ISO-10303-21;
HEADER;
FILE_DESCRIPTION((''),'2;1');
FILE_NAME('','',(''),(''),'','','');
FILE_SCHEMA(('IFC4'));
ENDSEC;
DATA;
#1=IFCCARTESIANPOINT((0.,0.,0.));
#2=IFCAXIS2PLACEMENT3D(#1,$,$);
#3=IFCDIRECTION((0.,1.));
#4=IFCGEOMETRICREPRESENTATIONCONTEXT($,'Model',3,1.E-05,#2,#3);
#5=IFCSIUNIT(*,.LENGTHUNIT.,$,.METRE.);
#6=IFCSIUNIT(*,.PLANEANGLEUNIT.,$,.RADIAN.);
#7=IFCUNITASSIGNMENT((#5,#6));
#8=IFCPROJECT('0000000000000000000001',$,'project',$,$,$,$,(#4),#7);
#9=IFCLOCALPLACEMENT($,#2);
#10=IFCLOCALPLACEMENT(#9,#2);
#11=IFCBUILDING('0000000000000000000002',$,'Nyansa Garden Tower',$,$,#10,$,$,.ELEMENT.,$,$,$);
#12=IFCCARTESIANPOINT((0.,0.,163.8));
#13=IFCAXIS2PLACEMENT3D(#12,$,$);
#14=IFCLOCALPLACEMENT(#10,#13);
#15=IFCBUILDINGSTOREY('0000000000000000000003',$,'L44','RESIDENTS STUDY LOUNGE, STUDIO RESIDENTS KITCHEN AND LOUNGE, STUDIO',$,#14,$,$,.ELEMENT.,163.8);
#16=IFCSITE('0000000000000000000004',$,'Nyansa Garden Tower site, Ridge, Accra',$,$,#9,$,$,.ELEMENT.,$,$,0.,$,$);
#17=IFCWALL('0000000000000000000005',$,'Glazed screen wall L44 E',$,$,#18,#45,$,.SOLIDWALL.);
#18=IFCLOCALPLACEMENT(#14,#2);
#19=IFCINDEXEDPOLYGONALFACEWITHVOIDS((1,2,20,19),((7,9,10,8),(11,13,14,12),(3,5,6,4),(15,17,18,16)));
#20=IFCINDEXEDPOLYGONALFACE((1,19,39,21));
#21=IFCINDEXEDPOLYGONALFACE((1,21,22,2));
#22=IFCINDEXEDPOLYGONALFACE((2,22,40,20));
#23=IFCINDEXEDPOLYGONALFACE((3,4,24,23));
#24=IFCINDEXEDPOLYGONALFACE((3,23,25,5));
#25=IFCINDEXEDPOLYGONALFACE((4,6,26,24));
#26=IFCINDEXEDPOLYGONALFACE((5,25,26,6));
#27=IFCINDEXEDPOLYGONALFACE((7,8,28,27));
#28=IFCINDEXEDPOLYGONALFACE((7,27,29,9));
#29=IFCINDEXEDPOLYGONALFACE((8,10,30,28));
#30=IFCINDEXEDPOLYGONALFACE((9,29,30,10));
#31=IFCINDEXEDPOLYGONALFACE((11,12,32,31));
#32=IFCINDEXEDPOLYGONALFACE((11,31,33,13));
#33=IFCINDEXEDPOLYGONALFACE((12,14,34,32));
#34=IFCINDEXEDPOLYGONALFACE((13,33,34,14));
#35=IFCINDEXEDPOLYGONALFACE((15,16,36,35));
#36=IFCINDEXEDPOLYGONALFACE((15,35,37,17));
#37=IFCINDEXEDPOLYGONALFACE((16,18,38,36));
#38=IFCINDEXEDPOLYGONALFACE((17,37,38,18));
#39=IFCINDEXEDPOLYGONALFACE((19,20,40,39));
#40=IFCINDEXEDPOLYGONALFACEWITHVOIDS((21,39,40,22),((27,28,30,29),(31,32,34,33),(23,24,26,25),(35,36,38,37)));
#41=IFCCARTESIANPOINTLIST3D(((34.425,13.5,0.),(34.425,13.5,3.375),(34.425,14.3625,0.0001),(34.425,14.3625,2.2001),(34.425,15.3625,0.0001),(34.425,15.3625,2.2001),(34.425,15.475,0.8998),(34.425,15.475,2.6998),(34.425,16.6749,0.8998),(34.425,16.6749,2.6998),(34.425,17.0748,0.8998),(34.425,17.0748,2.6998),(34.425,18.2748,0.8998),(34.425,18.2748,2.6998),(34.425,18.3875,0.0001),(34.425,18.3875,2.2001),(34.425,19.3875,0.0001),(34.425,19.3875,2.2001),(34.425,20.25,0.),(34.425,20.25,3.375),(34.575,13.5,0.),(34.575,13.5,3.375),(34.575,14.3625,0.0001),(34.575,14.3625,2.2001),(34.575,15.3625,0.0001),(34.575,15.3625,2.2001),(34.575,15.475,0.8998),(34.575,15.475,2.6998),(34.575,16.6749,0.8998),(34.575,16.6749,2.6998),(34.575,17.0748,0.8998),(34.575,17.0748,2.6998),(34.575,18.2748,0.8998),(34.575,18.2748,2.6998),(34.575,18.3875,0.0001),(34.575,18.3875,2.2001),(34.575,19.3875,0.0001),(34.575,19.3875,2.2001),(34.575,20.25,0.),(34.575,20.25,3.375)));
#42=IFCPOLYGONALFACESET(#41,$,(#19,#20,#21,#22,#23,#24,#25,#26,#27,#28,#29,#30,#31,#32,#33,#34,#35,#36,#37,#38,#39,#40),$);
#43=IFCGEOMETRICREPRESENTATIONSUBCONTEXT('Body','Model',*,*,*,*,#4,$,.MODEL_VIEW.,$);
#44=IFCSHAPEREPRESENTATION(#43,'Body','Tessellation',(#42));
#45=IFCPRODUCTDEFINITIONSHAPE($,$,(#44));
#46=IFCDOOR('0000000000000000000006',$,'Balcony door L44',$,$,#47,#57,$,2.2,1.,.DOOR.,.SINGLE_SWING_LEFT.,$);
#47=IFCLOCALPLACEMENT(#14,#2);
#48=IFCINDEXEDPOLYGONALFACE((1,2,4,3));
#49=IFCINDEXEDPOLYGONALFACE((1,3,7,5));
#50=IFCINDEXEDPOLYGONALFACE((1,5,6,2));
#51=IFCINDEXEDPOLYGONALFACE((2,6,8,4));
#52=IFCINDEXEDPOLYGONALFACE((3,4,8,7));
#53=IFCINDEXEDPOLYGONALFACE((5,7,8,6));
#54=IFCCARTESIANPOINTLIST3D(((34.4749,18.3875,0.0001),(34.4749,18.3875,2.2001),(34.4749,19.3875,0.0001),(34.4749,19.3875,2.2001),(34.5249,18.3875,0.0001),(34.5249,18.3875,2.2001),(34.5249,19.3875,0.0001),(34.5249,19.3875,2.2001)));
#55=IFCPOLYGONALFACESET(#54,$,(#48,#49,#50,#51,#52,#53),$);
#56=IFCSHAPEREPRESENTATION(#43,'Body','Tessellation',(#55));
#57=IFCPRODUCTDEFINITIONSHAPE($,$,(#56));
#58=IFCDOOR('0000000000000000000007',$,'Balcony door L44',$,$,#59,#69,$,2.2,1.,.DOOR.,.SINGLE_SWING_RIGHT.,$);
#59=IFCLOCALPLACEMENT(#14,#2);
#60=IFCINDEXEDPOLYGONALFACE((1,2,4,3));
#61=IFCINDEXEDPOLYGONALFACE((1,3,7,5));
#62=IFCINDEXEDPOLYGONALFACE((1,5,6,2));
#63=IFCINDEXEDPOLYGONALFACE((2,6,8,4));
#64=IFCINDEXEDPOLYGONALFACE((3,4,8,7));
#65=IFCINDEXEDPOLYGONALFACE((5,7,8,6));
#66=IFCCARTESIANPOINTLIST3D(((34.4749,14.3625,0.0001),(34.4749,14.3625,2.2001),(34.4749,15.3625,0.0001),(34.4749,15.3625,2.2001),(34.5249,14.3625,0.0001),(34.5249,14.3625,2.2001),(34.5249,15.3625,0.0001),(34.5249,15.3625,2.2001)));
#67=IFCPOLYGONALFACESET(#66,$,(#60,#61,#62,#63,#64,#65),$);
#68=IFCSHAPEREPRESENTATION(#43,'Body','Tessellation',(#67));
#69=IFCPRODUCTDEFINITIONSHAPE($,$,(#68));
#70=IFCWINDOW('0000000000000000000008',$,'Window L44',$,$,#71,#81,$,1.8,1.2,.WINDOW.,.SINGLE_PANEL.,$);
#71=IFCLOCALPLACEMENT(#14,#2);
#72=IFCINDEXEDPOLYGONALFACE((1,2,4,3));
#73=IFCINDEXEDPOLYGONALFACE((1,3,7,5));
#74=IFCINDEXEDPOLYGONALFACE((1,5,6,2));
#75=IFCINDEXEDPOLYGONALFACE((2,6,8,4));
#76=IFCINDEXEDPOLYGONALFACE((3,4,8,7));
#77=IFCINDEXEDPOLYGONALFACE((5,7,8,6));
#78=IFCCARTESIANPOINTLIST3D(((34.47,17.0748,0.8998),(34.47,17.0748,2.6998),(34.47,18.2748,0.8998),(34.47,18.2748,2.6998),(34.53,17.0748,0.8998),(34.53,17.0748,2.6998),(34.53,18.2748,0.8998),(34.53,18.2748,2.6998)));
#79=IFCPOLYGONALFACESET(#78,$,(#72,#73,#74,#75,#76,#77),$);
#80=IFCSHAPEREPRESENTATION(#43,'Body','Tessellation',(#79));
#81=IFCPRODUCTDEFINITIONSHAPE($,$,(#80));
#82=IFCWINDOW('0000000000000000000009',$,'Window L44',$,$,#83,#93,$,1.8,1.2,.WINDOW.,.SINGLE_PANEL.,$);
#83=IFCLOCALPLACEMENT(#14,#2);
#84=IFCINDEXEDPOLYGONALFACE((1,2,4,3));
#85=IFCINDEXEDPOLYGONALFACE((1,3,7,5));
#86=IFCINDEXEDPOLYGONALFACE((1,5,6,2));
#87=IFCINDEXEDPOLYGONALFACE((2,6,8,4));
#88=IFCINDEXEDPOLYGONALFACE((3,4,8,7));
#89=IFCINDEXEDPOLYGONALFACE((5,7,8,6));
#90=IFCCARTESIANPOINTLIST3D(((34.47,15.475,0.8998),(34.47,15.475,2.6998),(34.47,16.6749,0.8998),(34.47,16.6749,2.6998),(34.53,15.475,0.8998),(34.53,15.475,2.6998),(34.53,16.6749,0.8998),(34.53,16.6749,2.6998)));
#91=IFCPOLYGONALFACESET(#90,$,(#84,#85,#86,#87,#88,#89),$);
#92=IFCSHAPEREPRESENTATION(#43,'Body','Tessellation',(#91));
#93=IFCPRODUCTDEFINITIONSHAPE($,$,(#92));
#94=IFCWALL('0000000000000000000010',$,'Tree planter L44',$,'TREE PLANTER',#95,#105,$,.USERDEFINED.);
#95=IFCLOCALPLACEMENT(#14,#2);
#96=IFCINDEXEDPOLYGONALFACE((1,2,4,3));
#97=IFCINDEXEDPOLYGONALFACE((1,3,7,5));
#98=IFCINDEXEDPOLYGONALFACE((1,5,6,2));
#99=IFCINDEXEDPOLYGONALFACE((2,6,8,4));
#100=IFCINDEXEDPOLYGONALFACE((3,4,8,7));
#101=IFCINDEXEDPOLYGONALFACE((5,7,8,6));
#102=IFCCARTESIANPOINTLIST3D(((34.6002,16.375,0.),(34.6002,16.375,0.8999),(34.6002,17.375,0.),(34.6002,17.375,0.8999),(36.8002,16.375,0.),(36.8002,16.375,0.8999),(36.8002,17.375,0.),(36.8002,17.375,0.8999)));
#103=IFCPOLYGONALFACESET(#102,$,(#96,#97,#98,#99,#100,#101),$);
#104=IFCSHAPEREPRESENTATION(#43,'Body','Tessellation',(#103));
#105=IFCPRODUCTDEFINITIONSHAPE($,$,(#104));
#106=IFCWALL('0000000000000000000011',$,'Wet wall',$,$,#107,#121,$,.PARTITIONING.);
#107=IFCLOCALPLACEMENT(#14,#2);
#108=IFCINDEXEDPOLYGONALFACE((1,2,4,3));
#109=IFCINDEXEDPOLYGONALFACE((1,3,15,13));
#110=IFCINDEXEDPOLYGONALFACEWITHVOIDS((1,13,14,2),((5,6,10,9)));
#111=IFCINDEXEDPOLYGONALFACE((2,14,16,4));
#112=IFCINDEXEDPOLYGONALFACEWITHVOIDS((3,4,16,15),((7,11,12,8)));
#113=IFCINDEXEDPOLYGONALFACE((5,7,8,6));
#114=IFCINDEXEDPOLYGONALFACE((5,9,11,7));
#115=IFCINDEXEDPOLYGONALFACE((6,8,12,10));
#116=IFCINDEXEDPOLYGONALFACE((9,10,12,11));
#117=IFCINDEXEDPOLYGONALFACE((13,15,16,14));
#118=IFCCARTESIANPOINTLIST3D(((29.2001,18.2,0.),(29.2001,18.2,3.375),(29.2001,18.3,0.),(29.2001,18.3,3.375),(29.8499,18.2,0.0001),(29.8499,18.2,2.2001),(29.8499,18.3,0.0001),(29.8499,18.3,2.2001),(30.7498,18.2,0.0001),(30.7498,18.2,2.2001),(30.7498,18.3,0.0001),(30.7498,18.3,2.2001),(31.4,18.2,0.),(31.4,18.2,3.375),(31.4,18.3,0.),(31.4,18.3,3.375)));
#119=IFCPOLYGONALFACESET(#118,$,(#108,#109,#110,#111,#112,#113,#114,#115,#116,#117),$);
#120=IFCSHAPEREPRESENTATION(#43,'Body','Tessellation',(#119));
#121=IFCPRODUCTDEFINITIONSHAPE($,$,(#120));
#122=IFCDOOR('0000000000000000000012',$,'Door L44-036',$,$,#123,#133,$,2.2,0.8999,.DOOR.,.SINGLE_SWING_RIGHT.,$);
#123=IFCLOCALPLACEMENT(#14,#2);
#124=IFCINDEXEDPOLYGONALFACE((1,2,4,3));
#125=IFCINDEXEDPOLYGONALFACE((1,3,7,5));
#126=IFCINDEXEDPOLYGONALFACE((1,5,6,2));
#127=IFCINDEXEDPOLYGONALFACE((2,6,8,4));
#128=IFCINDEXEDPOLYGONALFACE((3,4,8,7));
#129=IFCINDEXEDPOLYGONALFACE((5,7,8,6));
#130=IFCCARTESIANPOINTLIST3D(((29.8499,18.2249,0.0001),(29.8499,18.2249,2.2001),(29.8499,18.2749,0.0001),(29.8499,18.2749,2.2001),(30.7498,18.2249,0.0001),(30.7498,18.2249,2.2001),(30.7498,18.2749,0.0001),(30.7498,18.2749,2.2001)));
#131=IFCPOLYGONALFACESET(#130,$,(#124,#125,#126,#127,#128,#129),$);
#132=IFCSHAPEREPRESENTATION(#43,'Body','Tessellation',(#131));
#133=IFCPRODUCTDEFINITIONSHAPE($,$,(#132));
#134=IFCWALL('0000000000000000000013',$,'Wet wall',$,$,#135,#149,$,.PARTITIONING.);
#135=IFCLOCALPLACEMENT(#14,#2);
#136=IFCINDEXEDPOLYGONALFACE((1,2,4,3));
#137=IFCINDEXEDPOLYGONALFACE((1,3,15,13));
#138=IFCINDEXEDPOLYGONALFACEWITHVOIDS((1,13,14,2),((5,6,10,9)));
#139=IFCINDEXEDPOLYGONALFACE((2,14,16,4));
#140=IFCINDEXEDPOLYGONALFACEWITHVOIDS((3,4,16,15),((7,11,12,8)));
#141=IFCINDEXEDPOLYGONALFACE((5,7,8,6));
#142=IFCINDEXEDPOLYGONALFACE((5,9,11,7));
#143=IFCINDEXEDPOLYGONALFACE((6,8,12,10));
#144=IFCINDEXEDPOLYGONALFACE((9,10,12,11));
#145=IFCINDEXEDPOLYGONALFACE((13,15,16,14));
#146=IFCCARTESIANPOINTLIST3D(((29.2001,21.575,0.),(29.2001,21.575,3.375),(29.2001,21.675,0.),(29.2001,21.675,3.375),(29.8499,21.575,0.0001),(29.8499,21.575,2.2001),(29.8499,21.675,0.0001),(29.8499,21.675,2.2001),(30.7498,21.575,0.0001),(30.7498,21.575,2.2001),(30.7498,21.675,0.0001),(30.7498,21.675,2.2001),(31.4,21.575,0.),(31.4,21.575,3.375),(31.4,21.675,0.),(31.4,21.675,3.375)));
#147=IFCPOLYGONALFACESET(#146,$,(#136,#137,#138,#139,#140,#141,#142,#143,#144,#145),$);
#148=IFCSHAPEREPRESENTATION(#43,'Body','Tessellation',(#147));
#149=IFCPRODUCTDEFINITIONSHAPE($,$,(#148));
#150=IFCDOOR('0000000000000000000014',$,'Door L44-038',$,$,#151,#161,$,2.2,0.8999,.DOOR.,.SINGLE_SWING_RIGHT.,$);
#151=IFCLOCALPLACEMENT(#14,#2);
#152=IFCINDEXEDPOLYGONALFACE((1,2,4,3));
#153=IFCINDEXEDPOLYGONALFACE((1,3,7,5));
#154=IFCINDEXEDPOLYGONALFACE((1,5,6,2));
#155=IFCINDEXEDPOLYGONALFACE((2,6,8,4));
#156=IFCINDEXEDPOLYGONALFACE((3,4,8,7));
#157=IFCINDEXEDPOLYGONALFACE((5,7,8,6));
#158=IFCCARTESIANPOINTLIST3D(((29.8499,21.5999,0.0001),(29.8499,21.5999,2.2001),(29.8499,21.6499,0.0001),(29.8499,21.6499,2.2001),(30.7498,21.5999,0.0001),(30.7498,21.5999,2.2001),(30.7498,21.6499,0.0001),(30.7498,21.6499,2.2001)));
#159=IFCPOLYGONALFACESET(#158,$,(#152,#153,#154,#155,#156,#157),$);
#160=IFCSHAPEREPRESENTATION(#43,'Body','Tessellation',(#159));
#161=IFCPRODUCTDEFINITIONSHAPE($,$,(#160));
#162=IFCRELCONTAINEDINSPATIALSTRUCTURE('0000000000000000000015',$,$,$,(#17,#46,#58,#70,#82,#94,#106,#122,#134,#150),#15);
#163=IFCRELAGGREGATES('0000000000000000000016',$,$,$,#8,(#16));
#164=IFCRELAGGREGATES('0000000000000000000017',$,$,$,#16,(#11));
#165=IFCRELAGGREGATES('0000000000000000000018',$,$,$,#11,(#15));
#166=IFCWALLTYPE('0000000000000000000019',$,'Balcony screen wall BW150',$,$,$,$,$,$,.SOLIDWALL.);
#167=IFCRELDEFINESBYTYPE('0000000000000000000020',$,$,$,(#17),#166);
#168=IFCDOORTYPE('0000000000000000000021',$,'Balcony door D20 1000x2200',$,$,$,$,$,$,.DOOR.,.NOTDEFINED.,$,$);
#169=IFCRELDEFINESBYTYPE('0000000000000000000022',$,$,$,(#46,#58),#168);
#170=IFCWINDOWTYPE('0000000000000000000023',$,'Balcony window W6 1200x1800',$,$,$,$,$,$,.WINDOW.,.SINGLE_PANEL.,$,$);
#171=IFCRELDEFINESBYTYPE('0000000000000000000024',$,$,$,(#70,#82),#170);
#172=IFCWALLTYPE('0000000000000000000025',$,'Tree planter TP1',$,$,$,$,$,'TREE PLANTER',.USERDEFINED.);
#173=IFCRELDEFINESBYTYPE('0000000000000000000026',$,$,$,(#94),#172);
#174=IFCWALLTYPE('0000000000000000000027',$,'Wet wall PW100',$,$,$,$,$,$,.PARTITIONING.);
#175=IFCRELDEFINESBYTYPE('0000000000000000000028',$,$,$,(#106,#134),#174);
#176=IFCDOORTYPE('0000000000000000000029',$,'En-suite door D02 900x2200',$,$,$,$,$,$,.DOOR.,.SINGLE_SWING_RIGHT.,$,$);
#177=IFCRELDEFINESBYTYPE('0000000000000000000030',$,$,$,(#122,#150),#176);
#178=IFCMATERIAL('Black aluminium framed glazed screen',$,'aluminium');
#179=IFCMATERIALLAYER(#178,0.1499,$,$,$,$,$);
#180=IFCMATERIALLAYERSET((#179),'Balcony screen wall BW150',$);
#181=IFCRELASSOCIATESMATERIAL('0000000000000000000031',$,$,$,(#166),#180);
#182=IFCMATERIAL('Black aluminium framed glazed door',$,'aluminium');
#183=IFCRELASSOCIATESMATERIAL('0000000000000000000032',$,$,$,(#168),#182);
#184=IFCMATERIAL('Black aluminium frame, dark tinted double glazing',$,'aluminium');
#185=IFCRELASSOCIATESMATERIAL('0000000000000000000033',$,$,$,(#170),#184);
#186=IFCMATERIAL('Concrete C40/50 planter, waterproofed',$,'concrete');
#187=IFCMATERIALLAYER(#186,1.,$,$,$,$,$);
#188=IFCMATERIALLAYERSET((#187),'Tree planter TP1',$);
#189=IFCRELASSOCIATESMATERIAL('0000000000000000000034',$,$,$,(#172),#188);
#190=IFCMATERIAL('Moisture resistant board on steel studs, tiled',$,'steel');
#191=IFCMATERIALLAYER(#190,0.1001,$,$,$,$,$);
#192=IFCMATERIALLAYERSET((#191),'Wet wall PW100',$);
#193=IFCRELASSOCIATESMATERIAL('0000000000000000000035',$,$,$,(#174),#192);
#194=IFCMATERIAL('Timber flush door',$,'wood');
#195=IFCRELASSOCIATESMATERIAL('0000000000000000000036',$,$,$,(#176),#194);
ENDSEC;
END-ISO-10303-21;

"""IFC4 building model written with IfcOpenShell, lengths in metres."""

from ifc_helpers import new_model, si_unit, direction, frame, frame_2d, origin, place, context, subcontext, project, spatial, rectangle, extrude, material, layer, layer_set, type_object, element, fill, save


model = new_model("IFC4")

# Units and contexts
model_context = context("Model", 3, precision=1e-05, world=origin(), true_north=direction((0.0, 1.0)))
body_context = subcontext(model_context, "Body", "Model", "MODEL_VIEW")
ifc_project = project(units=[si_unit("LENGTHUNIT", "METRE"), si_unit("PLANEANGLEUNIT", "RADIAN")], contexts=[model_context])

# Site, building, storey
site_placement = place(None, origin())
site = spatial("IfcSite", under=ifc_project, at=site_placement, Name="Nyansa Garden Tower site, Ridge, Accra", CompositionType="ELEMENT", RefElevation=0.0)
building_placement = place(site_placement, origin())
building = spatial("IfcBuilding", under=site, at=building_placement, Name="Nyansa Garden Tower", CompositionType="ELEMENT")
storey_placement = place(building_placement, frame((0.0, 0.0, 163.8)))
storey = spatial("IfcBuildingStorey", under=building, at=storey_placement, Name="L44", Description="RESIDENTS STUDY LOUNGE, STUDIO RESIDENTS KITCHEN AND LOUNGE, STUDIO", CompositionType="ELEMENT", Elevation=163.8)

# Wall, openings, doors, windows
ifc_material_1 = material(Name="Black aluminium framed glazed screen", Category="aluminium")
ifc_layer_1 = layer(ifc_material_1, 0.1499)
ifc_layer_set_1 = layer_set([ifc_layer_1], Name="Balcony screen wall BW150")
wall_type_1 = type_object("IfcWallType", Name="Balcony screen wall BW150", PredefinedType="SOLIDWALL", material=ifc_layer_set_1)
wall_1_placement = place(storey_placement, frame((34.5, 20.25, 0.0), z_axis=(0.0, 0.0, 1.0), x_axis=(0.0, -1.0, 0.0)))
wall_1 = element("IfcWall", 1, at=wall_1_placement, inside=storey, type_object=wall_type_1, Name="Glazed screen wall L44 E", PredefinedType="SOLIDWALL", context=body_context, shape_type="SweptSolid", body=[
    extrude(rectangle(XDim=6.75, YDim=0.1499, at=frame_2d((3.375, 0.0))), origin(), (0.0, 0.0, 1.0), 3.375),
])
opening_1_placement = place(wall_1_placement, frame((0.8625, 0.0, 0.0)))
opening_1 = element("IfcOpeningElement", 2, at=opening_1_placement, cuts=wall_1, PredefinedType="OPENING", context=body_context, shape_type="SweptSolid", body=[
    extrude(rectangle(XDim=1.0, YDim=2.2, at=frame_2d((0.5, 1.1001))), frame((0.0, 0.085, 0.0), z_axis=(0.0, -1.0, 0.0), x_axis=(1.0, 0.0, 0.0)), (0.0, 0.0, 1.0), 0.1699),
])
opening_2_placement = place(wall_1_placement, frame((1.9751, 0.0, 0.8999)))
opening_2 = element("IfcOpeningElement", 3, at=opening_2_placement, cuts=wall_1, PredefinedType="OPENING", context=body_context, shape_type="SweptSolid", body=[
    extrude(rectangle(XDim=1.2, YDim=1.8, at=frame_2d((0.6001, 0.8999))), frame((0.0, 0.085, 0.0), z_axis=(0.0, -1.0, 0.0), x_axis=(1.0, 0.0, 0.0)), (0.0, 0.0, 1.0), 0.1699),
])
opening_3_placement = place(wall_1_placement, frame((4.8875, 0.0, 0.0)))
opening_3 = element("IfcOpeningElement", 4, at=opening_3_placement, cuts=wall_1, PredefinedType="OPENING", context=body_context, shape_type="SweptSolid", body=[
    extrude(rectangle(XDim=1.0, YDim=2.2, at=frame_2d((0.5, 1.1001))), frame((0.0, 0.085, 0.0), z_axis=(0.0, -1.0, 0.0), x_axis=(1.0, 0.0, 0.0)), (0.0, 0.0, 1.0), 0.1699),
])
opening_4_placement = place(wall_1_placement, frame((3.575, 0.0, 0.8999)))
opening_4 = element("IfcOpeningElement", 5, at=opening_4_placement, cuts=wall_1, PredefinedType="OPENING", context=body_context, shape_type="SweptSolid", body=[
    extrude(rectangle(XDim=1.2, YDim=1.8, at=frame_2d((0.6001, 0.8999))), frame((0.0, 0.085, 0.0), z_axis=(0.0, -1.0, 0.0), x_axis=(1.0, 0.0, 0.0)), (0.0, 0.0, 1.0), 0.1699),
])
ifc_material_2 = material(Name="Black aluminium framed glazed door", Category="aluminium")
door_type_1 = type_object("IfcDoorType", Name="Balcony door D20 1000x2200", OperationType="NOTDEFINED", PredefinedType="DOOR", material=ifc_material_2)
door_1_placement = place(opening_1_placement, origin())
door_1 = element("IfcDoor", 6, at=door_1_placement, inside=storey, type_object=door_type_1, Name="Balcony door L44", OperationType="SINGLE_SWING_LEFT", OverallHeight=2.2, OverallWidth=1.0, PredefinedType="DOOR", context=body_context, shape_type="SweptSolid", body=[
    extrude(rectangle(XDim=1.0, YDim=2.2, at=frame_2d((0.5, 1.1001))), frame((0.0, 0.0249, 0.0), z_axis=(0.0, -1.0, 0.0), x_axis=(1.0, 0.0, 0.0)), (0.0, 0.0, 1.0), 0.05),
])
fill(opening_1, door_1)
door_2_placement = place(opening_3_placement, origin())
door_2 = element("IfcDoor", 7, at=door_2_placement, inside=storey, type_object=door_type_1, Name="Balcony door L44", OperationType="SINGLE_SWING_RIGHT", OverallHeight=2.2, OverallWidth=1.0, PredefinedType="DOOR", context=body_context, shape_type="SweptSolid", body=[
    extrude(rectangle(XDim=1.0, YDim=2.2, at=frame_2d((0.5, 1.1001))), frame((0.0, 0.0249, 0.0), z_axis=(0.0, -1.0, 0.0), x_axis=(1.0, 0.0, 0.0)), (0.0, 0.0, 1.0), 0.05),
])
fill(opening_3, door_2)
ifc_material_3 = material(Name="Black aluminium frame, dark tinted double glazing", Category="aluminium")
window_type = type_object("IfcWindowType", Name="Balcony window W6 1200x1800", PartitioningType="SINGLE_PANEL", PredefinedType="WINDOW", material=ifc_material_3)
window_1_placement = place(opening_2_placement, origin())
window_1 = element("IfcWindow", 8, at=window_1_placement, inside=storey, type_object=window_type, Name="Window L44", OverallHeight=1.8, OverallWidth=1.2, PartitioningType="SINGLE_PANEL", PredefinedType="WINDOW", context=body_context, shape_type="SweptSolid", body=[
    extrude(rectangle(XDim=1.2, YDim=1.8, at=frame_2d((0.6001, 0.8999))), frame((0.0, 0.03, 0.0), z_axis=(0.0, -1.0, 0.0), x_axis=(1.0, 0.0, 0.0)), (0.0, 0.0, 1.0), 0.0601),
])
fill(opening_2, window_1)
window_2_placement = place(opening_4_placement, origin())
window_2 = element("IfcWindow", 9, at=window_2_placement, inside=storey, type_object=window_type, Name="Window L44", OverallHeight=1.8, OverallWidth=1.2, PartitioningType="SINGLE_PANEL", PredefinedType="WINDOW", context=body_context, shape_type="SweptSolid", body=[
    extrude(rectangle(XDim=1.2, YDim=1.8, at=frame_2d((0.6001, 0.8999))), frame((0.0, 0.03, 0.0), z_axis=(0.0, -1.0, 0.0), x_axis=(1.0, 0.0, 0.0)), (0.0, 0.0, 1.0), 0.0601),
])
fill(opening_4, window_2)

# Wall
ifc_material_4 = material(Name="Concrete C40/50 planter, waterproofed", Category="concrete")
ifc_layer_2 = layer(ifc_material_4, 1.0)
ifc_layer_set_2 = layer_set([ifc_layer_2], Name="Tree planter TP1")
wall_type_2 = type_object("IfcWallType", Name="Tree planter TP1", ElementType="TREE PLANTER", PredefinedType="USERDEFINED", material=ifc_layer_set_2)
wall_2_placement = place(storey_placement, frame((34.6001, 16.875, 0.0), z_axis=(0.0, 0.0, 1.0), x_axis=(1.0, 0.0, 0.0)))
element("IfcWall", 10, at=wall_2_placement, inside=storey, type_object=wall_type_2, Name="Tree planter L44", ObjectType="TREE PLANTER", PredefinedType="USERDEFINED", context=body_context, shape_type="SweptSolid", body=[
    extrude(rectangle(XDim=2.2, YDim=1.0, at=frame_2d((1.1001, 0.0))), origin(), (0.0, 0.0, 1.0), 0.8999),
])

# Walls, openings, doors
ifc_material_5 = material(Name="Moisture resistant board on steel studs, tiled", Category="steel")
ifc_layer_3 = layer(ifc_material_5, 0.1001)
ifc_layer_set_3 = layer_set([ifc_layer_3], Name="Wet wall PW100")
wall_type_3 = type_object("IfcWallType", Name="Wet wall PW100", PredefinedType="PARTITIONING", material=ifc_layer_set_3)
wall_3_placement = place(storey_placement, frame((29.2, 18.25, 0.0), z_axis=(0.0, 0.0, 1.0), x_axis=(1.0, 0.0, 0.0)))
wall_3 = element("IfcWall", 11, at=wall_3_placement, inside=storey, type_object=wall_type_3, Name="Wet wall", PredefinedType="PARTITIONING", context=body_context, shape_type="SweptSolid", body=[
    extrude(rectangle(XDim=2.2, YDim=0.1001, at=frame_2d((1.1001, 0.0))), origin(), (0.0, 0.0, 1.0), 3.375),
])
opening_5_placement = place(wall_3_placement, frame((0.6499, 0.0, 0.0)))
opening_5 = element("IfcOpeningElement", 12, at=opening_5_placement, cuts=wall_3, PredefinedType="OPENING", context=body_context, shape_type="SweptSolid", body=[
    extrude(rectangle(XDim=0.8999, YDim=2.2, at=frame_2d((0.45, 1.1001))), frame((0.0, 0.0601, 0.0), z_axis=(0.0, -1.0, 0.0), x_axis=(1.0, 0.0, 0.0)), (0.0, 0.0, 1.0), 0.1201),
])
ifc_material_6 = material(Name="Timber flush door", Category="wood")
door_type_2 = type_object("IfcDoorType", Name="En-suite door D02 900x2200", OperationType="SINGLE_SWING_RIGHT", PredefinedType="DOOR", material=ifc_material_6)
door_3_placement = place(opening_5_placement, origin())
door_3 = element("IfcDoor", 13, at=door_3_placement, inside=storey, type_object=door_type_2, Name="Door L44-036", OperationType="SINGLE_SWING_RIGHT", OverallHeight=2.2, OverallWidth=0.8999, PredefinedType="DOOR", context=body_context, shape_type="SweptSolid", body=[
    extrude(rectangle(XDim=0.8999, YDim=2.2, at=frame_2d((0.45, 1.1001))), frame((0.0, 0.0249, 0.0), z_axis=(0.0, -1.0, 0.0), x_axis=(1.0, 0.0, 0.0)), (0.0, 0.0, 1.0), 0.05),
])
fill(opening_5, door_3)
wall_4_placement = place(storey_placement, frame((29.2, 21.625, 0.0), z_axis=(0.0, 0.0, 1.0), x_axis=(1.0, 0.0, 0.0)))
wall_4 = element("IfcWall", 14, at=wall_4_placement, inside=storey, type_object=wall_type_3, Name="Wet wall", PredefinedType="PARTITIONING", context=body_context, shape_type="SweptSolid", body=[
    extrude(rectangle(XDim=2.2, YDim=0.1001, at=frame_2d((1.1001, 0.0))), origin(), (0.0, 0.0, 1.0), 3.375),
])
opening_6_placement = place(wall_4_placement, frame((0.6499, 0.0, 0.0)))
opening_6 = element("IfcOpeningElement", 15, at=opening_6_placement, cuts=wall_4, PredefinedType="OPENING", context=body_context, shape_type="SweptSolid", body=[
    extrude(rectangle(XDim=0.8999, YDim=2.2, at=frame_2d((0.45, 1.1001))), frame((0.0, 0.0601, 0.0), z_axis=(0.0, -1.0, 0.0), x_axis=(1.0, 0.0, 0.0)), (0.0, 0.0, 1.0), 0.1201),
])
door_4_placement = place(opening_6_placement, origin())
door_4 = element("IfcDoor", 16, at=door_4_placement, inside=storey, type_object=door_type_2, Name="Door L44-038", OperationType="SINGLE_SWING_RIGHT", OverallHeight=2.2, OverallWidth=0.8999, PredefinedType="DOOR", context=body_context, shape_type="SweptSolid", body=[
    extrude(rectangle(XDim=0.8999, YDim=2.2, at=frame_2d((0.45, 1.1001))), frame((0.0, 0.0249, 0.0), z_axis=(0.0, -1.0, 0.0), x_axis=(1.0, 0.0, 0.0)), (0.0, 0.0, 1.0), 0.05),
])
fill(opening_6, door_4)

save(model, "model.ifc")
